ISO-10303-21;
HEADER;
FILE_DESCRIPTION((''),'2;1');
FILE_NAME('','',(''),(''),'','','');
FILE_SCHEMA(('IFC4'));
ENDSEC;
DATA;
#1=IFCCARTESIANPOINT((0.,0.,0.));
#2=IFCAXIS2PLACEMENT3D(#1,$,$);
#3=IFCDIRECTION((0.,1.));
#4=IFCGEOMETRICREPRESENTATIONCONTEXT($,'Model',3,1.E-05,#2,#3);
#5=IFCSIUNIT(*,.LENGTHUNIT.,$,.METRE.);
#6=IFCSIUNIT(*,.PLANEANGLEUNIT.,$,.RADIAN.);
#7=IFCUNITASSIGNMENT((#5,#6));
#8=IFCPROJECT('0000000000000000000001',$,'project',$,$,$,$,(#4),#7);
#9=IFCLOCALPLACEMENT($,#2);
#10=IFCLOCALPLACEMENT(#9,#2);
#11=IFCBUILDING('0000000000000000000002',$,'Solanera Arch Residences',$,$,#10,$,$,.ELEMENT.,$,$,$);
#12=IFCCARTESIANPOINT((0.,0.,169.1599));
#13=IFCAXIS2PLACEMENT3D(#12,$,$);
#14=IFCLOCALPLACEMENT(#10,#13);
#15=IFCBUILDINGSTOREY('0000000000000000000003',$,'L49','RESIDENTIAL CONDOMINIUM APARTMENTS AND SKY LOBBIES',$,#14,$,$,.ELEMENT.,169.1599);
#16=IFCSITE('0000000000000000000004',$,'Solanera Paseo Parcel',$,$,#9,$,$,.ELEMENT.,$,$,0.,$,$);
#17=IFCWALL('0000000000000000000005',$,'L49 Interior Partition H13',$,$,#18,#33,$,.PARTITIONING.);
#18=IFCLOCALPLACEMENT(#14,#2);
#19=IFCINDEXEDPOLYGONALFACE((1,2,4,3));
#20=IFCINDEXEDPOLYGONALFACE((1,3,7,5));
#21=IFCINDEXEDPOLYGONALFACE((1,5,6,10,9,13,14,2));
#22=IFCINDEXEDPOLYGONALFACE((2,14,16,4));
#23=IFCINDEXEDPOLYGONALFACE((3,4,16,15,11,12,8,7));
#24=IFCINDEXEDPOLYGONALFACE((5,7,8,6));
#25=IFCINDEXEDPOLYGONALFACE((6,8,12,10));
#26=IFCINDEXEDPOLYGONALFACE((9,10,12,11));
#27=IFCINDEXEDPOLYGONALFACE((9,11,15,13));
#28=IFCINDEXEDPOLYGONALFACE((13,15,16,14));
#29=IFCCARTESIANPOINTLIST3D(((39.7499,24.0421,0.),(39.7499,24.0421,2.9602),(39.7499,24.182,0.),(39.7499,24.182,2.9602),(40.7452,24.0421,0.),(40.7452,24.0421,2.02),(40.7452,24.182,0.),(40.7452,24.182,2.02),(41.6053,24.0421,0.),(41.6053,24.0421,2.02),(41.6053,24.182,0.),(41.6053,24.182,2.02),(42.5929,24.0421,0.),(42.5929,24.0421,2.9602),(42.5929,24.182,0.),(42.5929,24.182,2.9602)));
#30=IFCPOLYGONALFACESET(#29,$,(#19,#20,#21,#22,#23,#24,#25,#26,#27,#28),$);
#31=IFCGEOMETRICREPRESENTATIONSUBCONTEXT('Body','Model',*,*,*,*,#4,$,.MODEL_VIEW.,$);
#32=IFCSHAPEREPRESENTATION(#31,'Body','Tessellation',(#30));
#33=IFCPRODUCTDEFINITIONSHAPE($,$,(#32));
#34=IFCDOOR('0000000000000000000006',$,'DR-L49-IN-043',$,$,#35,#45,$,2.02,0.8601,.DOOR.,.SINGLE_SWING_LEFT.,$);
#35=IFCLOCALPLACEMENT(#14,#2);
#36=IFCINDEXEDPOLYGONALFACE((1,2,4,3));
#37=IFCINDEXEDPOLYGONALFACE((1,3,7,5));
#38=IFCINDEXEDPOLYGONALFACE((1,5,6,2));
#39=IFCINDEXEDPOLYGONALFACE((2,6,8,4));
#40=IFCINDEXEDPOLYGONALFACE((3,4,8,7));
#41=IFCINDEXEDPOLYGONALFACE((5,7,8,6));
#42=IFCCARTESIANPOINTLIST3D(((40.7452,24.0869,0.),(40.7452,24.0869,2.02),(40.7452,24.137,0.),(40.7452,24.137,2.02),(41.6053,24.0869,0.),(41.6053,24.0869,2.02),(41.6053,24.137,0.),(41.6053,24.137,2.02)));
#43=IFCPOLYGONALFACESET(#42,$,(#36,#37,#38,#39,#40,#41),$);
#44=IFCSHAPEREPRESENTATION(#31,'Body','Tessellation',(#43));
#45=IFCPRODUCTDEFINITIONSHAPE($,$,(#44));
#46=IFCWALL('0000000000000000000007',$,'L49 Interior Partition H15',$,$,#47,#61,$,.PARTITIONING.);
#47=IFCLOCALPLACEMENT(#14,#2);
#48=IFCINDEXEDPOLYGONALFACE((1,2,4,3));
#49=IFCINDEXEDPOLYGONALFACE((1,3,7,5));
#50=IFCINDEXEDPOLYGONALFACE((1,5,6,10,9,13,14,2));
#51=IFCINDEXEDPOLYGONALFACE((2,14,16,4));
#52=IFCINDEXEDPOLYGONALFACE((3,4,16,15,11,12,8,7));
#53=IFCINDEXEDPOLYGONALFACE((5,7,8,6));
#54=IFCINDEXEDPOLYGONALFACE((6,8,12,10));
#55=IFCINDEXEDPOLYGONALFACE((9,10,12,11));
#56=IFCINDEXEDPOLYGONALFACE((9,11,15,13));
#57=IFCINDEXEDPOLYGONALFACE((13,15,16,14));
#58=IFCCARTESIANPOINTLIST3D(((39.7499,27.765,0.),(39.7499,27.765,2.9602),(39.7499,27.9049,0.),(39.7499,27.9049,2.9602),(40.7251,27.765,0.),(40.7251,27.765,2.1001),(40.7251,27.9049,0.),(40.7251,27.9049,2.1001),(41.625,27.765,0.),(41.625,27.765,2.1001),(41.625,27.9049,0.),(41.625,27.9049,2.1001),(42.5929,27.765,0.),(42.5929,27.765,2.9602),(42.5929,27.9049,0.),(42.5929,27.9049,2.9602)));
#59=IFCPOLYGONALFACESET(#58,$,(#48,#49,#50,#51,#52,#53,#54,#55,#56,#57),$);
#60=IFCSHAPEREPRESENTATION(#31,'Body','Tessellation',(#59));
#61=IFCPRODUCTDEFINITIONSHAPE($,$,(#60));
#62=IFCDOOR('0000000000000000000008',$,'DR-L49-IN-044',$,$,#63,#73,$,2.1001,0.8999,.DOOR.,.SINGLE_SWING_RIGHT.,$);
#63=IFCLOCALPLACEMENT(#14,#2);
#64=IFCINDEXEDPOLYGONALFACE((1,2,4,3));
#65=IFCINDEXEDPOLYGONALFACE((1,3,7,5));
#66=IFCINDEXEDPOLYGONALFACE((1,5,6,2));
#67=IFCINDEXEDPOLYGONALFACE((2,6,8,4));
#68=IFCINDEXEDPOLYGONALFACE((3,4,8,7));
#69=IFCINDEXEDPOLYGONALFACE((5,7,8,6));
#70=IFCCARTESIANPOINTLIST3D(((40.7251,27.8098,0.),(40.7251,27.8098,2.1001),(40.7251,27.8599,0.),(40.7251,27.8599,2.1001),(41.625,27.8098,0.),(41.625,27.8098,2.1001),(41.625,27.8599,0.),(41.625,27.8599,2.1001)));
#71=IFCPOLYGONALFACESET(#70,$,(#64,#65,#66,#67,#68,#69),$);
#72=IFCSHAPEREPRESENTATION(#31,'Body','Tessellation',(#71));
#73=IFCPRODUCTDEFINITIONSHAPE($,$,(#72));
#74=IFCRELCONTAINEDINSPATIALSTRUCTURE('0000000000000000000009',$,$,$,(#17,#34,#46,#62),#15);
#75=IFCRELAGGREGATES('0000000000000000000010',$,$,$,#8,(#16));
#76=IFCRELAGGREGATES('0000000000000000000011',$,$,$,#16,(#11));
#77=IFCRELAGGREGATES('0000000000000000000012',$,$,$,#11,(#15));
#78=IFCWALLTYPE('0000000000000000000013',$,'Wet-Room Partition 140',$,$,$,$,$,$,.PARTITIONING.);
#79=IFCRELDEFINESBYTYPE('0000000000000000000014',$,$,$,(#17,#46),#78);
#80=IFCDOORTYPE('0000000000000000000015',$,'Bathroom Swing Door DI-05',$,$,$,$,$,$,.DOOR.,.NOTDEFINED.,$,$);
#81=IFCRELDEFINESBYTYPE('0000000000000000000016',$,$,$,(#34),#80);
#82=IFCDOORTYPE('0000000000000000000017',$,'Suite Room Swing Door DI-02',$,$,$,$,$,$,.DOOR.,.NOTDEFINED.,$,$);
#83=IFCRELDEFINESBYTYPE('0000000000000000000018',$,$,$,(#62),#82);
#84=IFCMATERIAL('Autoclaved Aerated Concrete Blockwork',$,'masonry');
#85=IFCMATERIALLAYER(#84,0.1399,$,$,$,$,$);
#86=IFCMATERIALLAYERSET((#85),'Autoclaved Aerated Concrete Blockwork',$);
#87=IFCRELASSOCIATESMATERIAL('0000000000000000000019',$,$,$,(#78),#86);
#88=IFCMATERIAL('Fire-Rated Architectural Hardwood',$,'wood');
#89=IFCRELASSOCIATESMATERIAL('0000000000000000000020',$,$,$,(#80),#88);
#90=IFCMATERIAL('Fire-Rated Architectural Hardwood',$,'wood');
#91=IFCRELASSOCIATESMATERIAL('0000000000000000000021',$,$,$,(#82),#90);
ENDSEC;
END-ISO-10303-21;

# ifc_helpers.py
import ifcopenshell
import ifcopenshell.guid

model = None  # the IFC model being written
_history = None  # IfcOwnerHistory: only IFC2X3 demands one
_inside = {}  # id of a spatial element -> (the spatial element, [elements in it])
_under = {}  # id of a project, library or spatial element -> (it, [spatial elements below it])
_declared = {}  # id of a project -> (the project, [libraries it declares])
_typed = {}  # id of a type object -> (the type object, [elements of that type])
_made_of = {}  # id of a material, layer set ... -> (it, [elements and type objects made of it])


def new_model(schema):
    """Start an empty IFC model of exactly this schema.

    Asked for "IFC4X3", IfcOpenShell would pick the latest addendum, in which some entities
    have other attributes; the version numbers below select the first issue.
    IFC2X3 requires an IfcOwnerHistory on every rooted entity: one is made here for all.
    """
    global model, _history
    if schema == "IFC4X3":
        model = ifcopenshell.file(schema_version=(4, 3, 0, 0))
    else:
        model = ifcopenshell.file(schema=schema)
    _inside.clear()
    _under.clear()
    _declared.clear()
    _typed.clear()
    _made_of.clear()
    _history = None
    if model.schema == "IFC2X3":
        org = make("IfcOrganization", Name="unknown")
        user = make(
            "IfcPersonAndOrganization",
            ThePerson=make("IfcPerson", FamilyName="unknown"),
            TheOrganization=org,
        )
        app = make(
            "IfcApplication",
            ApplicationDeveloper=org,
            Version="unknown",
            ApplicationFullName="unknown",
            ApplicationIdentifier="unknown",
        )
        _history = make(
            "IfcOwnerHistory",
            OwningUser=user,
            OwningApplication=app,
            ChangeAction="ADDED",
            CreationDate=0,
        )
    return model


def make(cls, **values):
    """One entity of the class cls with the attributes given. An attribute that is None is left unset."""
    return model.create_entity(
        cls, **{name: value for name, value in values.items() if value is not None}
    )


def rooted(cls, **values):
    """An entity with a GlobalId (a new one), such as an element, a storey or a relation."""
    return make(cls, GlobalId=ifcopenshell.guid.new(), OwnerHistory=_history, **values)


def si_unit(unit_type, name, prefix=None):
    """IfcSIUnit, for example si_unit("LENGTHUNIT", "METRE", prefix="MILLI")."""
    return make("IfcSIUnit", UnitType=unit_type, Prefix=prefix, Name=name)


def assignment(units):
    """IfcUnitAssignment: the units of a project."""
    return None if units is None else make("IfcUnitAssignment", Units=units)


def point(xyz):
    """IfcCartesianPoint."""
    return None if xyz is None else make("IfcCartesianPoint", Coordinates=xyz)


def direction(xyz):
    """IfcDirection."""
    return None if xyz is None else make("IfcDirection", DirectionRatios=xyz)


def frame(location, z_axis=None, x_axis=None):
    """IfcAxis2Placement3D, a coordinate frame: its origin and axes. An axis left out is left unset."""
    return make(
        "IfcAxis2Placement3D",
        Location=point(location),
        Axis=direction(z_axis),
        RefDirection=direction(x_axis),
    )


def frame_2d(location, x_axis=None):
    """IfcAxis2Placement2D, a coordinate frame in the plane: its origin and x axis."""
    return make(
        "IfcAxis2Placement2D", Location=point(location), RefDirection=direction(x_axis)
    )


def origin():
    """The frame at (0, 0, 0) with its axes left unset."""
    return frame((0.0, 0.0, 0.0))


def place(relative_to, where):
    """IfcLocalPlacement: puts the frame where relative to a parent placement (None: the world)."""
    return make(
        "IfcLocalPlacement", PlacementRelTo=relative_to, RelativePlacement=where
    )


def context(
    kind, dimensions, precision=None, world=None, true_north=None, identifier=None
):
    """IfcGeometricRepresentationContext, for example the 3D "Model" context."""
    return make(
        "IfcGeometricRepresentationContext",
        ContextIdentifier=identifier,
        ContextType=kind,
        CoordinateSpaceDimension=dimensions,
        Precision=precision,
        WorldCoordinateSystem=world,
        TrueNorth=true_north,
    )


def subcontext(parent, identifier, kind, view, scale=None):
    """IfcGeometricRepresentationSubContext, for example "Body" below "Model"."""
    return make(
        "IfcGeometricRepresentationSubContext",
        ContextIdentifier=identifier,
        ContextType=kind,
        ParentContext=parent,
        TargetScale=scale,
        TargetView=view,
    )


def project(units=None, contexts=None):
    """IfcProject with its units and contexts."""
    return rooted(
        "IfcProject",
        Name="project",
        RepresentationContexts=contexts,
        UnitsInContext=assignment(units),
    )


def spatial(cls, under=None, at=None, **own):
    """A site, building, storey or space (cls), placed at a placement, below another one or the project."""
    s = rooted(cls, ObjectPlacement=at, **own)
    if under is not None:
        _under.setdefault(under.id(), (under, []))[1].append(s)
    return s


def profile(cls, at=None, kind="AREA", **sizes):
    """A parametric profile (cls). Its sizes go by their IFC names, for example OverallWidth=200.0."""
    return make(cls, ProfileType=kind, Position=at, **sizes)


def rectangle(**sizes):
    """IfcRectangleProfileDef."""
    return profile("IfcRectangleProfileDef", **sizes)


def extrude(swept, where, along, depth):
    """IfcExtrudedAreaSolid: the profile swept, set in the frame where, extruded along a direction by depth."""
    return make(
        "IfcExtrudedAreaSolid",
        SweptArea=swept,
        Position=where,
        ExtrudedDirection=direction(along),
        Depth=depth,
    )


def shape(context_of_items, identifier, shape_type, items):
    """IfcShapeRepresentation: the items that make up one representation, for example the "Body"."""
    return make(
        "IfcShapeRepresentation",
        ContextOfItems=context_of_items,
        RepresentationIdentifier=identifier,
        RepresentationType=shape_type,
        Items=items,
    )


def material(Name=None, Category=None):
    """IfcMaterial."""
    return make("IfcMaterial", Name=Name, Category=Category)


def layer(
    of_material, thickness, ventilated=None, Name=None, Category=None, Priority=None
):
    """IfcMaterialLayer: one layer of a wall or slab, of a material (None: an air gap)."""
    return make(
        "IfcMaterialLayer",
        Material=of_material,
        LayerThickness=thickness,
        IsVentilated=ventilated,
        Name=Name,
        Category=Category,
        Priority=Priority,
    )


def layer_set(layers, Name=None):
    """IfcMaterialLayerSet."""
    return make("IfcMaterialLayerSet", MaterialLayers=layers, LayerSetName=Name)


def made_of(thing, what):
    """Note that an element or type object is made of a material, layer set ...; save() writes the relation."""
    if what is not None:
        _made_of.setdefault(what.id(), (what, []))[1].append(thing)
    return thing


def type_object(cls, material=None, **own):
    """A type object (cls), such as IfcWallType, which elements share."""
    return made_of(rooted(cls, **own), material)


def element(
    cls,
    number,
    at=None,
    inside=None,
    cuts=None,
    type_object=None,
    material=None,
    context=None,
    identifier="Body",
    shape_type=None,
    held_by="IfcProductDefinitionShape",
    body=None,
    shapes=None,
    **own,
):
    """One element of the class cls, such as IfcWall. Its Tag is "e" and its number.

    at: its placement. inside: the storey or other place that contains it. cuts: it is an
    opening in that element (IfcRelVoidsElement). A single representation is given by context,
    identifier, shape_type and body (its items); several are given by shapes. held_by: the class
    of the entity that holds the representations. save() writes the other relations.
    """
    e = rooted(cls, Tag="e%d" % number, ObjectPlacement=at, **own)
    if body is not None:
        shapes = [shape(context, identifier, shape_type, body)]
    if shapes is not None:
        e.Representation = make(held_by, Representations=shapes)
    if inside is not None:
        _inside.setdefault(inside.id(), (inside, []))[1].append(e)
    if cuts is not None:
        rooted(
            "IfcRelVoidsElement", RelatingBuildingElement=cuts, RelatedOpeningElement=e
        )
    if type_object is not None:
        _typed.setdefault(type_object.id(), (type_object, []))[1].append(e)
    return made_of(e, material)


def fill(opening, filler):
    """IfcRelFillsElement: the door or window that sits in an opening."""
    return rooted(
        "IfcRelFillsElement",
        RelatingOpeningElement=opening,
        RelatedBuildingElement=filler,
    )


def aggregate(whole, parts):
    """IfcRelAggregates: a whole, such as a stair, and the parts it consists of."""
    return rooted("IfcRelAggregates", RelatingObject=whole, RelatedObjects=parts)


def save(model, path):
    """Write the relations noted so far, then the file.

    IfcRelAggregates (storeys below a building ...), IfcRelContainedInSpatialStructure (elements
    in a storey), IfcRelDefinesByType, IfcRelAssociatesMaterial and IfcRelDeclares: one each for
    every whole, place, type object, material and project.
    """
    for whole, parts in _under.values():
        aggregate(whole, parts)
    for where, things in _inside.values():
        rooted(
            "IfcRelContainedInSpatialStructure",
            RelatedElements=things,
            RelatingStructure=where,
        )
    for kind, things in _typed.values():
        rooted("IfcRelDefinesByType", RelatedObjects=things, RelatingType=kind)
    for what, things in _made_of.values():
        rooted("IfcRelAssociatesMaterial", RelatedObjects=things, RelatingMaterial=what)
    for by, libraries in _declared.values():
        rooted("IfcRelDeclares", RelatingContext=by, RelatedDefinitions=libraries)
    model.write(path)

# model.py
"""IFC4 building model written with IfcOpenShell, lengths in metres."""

from ifc_helpers import new_model, si_unit, direction, frame, frame_2d, origin, place, context, subcontext, project, spatial, rectangle, extrude, material, layer, layer_set, type_object, element, fill, save


model = new_model("IFC4")

# Units and contexts
model_context = context("Model", 3, precision=1e-05, world=origin(), true_north=direction((0.0, 1.0)))
body_context = subcontext(model_context, "Body", "Model", "MODEL_VIEW")
ifc_project = project(units=[si_unit("LENGTHUNIT", "METRE"), si_unit("PLANEANGLEUNIT", "RADIAN")], contexts=[model_context])

# Site, building, storey
site_placement = place(None, origin())
site = spatial("IfcSite", under=ifc_project, at=site_placement, Name="Solanera Paseo Parcel", CompositionType="ELEMENT", RefElevation=0.0)
building_placement = place(site_placement, origin())
building = spatial("IfcBuilding", under=site, at=building_placement, Name="Solanera Arch Residences", CompositionType="ELEMENT")
storey_placement = place(building_placement, frame((0.0, 0.0, 169.1599)))
storey = spatial("IfcBuildingStorey", under=building, at=storey_placement, Name="L49", Description="RESIDENTIAL CONDOMINIUM APARTMENTS AND SKY LOBBIES", CompositionType="ELEMENT", Elevation=169.1599)

# Walls, openings, doors
ifc_material_1 = material(Name="Autoclaved Aerated Concrete Blockwork", Category="masonry")
ifc_layer_1 = layer(ifc_material_1, 0.1399)
ifc_layer_set_1 = layer_set([ifc_layer_1], Name="Autoclaved Aerated Concrete Blockwork")
wall_type_1 = type_object("IfcWallType", Name="Wet-Room Partition 140", PredefinedType="PARTITIONING", material=ifc_layer_set_1)
wall_1_placement = place(storey_placement, frame((39.75, 24.1121, 0.0), z_axis=(0.0, 0.0, 1.0), x_axis=(1.0, 0.0, 0.0)))
wall_1 = element("IfcWall", 1, at=wall_1_placement, inside=storey, type_object=wall_type_1, Name="L49 Interior Partition H13", PredefinedType="PARTITIONING", context=body_context, shape_type="SweptSolid", body=[
    extrude(rectangle(XDim=2.843, YDim=0.1399, at=frame_2d((1.4214, 0.0))), origin(), (0.0, 0.0, 1.0), 2.9602),
])
opening_1_placement = place(wall_1_placement, frame((0.9951, 0.0, 0.0)))
opening_1 = element("IfcOpeningElement", 2, at=opening_1_placement, cuts=wall_1, PredefinedType="OPENING", context=body_context, shape_type="SweptSolid", body=[
    extrude(rectangle(XDim=0.8601, YDim=2.02, at=frame_2d((0.4302, 1.01))), frame((0.0, 0.0798, 0.0), z_axis=(0.0, -1.0, 0.0), x_axis=(1.0, 0.0, 0.0)), (0.0, 0.0, 1.0), 0.1599),
])
ifc_material_2 = material(Name="Fire-Rated Architectural Hardwood", Category="wood")
door_type_1 = type_object("IfcDoorType", Name="Bathroom Swing Door DI-05", OperationType="NOTDEFINED", PredefinedType="DOOR", material=ifc_material_2)
door_1_placement = place(opening_1_placement, origin())
door_1 = element("IfcDoor", 3, at=door_1_placement, inside=storey, type_object=door_type_1, Name="DR-L49-IN-043", OperationType="SINGLE_SWING_LEFT", OverallHeight=2.02, OverallWidth=0.8601, PredefinedType="DOOR", context=body_context, shape_type="SweptSolid", body=[
    extrude(rectangle(XDim=0.8601, YDim=2.02, at=frame_2d((0.4302, 1.01))), frame((0.0, 0.0249, 0.0), z_axis=(0.0, -1.0, 0.0), x_axis=(1.0, 0.0, 0.0)), (0.0, 0.0, 1.0), 0.05),
])
fill(opening_1, door_1)
wall_2_placement = place(storey_placement, frame((39.75, 27.835, 0.0), z_axis=(0.0, 0.0, 1.0), x_axis=(1.0, 0.0, 0.0)))
wall_2 = element("IfcWall", 4, at=wall_2_placement, inside=storey, type_object=wall_type_1, Name="L49 Interior Partition H15", PredefinedType="PARTITIONING", context=body_context, shape_type="SweptSolid", body=[
    extrude(rectangle(XDim=2.843, YDim=0.1399, at=frame_2d((1.4214, 0.0))), origin(), (0.0, 0.0, 1.0), 2.9602),
])
opening_2_placement = place(wall_2_placement, frame((0.9751, 0.0, 0.0)))
opening_2 = element("IfcOpeningElement", 5, at=opening_2_placement, cuts=wall_2, PredefinedType="OPENING", context=body_context, shape_type="SweptSolid", body=[
    extrude(rectangle(XDim=0.8999, YDim=2.1001, at=frame_2d((0.45, 1.05))), frame((0.0, 0.0798, 0.0), z_axis=(0.0, -1.0, 0.0), x_axis=(1.0, 0.0, 0.0)), (0.0, 0.0, 1.0), 0.1599),
])
ifc_material_3 = material(Name="Fire-Rated Architectural Hardwood", Category="wood")
door_type_2 = type_object("IfcDoorType", Name="Suite Room Swing Door DI-02", OperationType="NOTDEFINED", PredefinedType="DOOR", material=ifc_material_3)
door_2_placement = place(opening_2_placement, origin())
door_2 = element("IfcDoor", 6, at=door_2_placement, inside=storey, type_object=door_type_2, Name="DR-L49-IN-044", OperationType="SINGLE_SWING_RIGHT", OverallHeight=2.1001, OverallWidth=0.8999, PredefinedType="DOOR", context=body_context, shape_type="SweptSolid", body=[
    extrude(rectangle(XDim=0.8999, YDim=2.1001, at=frame_2d((0.45, 1.05))), frame((0.0, 0.0249, 0.0), z_axis=(0.0, -1.0, 0.0), x_axis=(1.0, 0.0, 0.0)), (0.0, 0.0, 1.0), 0.05),
])
fill(opening_2, door_2)

save(model, "model.ifc")
